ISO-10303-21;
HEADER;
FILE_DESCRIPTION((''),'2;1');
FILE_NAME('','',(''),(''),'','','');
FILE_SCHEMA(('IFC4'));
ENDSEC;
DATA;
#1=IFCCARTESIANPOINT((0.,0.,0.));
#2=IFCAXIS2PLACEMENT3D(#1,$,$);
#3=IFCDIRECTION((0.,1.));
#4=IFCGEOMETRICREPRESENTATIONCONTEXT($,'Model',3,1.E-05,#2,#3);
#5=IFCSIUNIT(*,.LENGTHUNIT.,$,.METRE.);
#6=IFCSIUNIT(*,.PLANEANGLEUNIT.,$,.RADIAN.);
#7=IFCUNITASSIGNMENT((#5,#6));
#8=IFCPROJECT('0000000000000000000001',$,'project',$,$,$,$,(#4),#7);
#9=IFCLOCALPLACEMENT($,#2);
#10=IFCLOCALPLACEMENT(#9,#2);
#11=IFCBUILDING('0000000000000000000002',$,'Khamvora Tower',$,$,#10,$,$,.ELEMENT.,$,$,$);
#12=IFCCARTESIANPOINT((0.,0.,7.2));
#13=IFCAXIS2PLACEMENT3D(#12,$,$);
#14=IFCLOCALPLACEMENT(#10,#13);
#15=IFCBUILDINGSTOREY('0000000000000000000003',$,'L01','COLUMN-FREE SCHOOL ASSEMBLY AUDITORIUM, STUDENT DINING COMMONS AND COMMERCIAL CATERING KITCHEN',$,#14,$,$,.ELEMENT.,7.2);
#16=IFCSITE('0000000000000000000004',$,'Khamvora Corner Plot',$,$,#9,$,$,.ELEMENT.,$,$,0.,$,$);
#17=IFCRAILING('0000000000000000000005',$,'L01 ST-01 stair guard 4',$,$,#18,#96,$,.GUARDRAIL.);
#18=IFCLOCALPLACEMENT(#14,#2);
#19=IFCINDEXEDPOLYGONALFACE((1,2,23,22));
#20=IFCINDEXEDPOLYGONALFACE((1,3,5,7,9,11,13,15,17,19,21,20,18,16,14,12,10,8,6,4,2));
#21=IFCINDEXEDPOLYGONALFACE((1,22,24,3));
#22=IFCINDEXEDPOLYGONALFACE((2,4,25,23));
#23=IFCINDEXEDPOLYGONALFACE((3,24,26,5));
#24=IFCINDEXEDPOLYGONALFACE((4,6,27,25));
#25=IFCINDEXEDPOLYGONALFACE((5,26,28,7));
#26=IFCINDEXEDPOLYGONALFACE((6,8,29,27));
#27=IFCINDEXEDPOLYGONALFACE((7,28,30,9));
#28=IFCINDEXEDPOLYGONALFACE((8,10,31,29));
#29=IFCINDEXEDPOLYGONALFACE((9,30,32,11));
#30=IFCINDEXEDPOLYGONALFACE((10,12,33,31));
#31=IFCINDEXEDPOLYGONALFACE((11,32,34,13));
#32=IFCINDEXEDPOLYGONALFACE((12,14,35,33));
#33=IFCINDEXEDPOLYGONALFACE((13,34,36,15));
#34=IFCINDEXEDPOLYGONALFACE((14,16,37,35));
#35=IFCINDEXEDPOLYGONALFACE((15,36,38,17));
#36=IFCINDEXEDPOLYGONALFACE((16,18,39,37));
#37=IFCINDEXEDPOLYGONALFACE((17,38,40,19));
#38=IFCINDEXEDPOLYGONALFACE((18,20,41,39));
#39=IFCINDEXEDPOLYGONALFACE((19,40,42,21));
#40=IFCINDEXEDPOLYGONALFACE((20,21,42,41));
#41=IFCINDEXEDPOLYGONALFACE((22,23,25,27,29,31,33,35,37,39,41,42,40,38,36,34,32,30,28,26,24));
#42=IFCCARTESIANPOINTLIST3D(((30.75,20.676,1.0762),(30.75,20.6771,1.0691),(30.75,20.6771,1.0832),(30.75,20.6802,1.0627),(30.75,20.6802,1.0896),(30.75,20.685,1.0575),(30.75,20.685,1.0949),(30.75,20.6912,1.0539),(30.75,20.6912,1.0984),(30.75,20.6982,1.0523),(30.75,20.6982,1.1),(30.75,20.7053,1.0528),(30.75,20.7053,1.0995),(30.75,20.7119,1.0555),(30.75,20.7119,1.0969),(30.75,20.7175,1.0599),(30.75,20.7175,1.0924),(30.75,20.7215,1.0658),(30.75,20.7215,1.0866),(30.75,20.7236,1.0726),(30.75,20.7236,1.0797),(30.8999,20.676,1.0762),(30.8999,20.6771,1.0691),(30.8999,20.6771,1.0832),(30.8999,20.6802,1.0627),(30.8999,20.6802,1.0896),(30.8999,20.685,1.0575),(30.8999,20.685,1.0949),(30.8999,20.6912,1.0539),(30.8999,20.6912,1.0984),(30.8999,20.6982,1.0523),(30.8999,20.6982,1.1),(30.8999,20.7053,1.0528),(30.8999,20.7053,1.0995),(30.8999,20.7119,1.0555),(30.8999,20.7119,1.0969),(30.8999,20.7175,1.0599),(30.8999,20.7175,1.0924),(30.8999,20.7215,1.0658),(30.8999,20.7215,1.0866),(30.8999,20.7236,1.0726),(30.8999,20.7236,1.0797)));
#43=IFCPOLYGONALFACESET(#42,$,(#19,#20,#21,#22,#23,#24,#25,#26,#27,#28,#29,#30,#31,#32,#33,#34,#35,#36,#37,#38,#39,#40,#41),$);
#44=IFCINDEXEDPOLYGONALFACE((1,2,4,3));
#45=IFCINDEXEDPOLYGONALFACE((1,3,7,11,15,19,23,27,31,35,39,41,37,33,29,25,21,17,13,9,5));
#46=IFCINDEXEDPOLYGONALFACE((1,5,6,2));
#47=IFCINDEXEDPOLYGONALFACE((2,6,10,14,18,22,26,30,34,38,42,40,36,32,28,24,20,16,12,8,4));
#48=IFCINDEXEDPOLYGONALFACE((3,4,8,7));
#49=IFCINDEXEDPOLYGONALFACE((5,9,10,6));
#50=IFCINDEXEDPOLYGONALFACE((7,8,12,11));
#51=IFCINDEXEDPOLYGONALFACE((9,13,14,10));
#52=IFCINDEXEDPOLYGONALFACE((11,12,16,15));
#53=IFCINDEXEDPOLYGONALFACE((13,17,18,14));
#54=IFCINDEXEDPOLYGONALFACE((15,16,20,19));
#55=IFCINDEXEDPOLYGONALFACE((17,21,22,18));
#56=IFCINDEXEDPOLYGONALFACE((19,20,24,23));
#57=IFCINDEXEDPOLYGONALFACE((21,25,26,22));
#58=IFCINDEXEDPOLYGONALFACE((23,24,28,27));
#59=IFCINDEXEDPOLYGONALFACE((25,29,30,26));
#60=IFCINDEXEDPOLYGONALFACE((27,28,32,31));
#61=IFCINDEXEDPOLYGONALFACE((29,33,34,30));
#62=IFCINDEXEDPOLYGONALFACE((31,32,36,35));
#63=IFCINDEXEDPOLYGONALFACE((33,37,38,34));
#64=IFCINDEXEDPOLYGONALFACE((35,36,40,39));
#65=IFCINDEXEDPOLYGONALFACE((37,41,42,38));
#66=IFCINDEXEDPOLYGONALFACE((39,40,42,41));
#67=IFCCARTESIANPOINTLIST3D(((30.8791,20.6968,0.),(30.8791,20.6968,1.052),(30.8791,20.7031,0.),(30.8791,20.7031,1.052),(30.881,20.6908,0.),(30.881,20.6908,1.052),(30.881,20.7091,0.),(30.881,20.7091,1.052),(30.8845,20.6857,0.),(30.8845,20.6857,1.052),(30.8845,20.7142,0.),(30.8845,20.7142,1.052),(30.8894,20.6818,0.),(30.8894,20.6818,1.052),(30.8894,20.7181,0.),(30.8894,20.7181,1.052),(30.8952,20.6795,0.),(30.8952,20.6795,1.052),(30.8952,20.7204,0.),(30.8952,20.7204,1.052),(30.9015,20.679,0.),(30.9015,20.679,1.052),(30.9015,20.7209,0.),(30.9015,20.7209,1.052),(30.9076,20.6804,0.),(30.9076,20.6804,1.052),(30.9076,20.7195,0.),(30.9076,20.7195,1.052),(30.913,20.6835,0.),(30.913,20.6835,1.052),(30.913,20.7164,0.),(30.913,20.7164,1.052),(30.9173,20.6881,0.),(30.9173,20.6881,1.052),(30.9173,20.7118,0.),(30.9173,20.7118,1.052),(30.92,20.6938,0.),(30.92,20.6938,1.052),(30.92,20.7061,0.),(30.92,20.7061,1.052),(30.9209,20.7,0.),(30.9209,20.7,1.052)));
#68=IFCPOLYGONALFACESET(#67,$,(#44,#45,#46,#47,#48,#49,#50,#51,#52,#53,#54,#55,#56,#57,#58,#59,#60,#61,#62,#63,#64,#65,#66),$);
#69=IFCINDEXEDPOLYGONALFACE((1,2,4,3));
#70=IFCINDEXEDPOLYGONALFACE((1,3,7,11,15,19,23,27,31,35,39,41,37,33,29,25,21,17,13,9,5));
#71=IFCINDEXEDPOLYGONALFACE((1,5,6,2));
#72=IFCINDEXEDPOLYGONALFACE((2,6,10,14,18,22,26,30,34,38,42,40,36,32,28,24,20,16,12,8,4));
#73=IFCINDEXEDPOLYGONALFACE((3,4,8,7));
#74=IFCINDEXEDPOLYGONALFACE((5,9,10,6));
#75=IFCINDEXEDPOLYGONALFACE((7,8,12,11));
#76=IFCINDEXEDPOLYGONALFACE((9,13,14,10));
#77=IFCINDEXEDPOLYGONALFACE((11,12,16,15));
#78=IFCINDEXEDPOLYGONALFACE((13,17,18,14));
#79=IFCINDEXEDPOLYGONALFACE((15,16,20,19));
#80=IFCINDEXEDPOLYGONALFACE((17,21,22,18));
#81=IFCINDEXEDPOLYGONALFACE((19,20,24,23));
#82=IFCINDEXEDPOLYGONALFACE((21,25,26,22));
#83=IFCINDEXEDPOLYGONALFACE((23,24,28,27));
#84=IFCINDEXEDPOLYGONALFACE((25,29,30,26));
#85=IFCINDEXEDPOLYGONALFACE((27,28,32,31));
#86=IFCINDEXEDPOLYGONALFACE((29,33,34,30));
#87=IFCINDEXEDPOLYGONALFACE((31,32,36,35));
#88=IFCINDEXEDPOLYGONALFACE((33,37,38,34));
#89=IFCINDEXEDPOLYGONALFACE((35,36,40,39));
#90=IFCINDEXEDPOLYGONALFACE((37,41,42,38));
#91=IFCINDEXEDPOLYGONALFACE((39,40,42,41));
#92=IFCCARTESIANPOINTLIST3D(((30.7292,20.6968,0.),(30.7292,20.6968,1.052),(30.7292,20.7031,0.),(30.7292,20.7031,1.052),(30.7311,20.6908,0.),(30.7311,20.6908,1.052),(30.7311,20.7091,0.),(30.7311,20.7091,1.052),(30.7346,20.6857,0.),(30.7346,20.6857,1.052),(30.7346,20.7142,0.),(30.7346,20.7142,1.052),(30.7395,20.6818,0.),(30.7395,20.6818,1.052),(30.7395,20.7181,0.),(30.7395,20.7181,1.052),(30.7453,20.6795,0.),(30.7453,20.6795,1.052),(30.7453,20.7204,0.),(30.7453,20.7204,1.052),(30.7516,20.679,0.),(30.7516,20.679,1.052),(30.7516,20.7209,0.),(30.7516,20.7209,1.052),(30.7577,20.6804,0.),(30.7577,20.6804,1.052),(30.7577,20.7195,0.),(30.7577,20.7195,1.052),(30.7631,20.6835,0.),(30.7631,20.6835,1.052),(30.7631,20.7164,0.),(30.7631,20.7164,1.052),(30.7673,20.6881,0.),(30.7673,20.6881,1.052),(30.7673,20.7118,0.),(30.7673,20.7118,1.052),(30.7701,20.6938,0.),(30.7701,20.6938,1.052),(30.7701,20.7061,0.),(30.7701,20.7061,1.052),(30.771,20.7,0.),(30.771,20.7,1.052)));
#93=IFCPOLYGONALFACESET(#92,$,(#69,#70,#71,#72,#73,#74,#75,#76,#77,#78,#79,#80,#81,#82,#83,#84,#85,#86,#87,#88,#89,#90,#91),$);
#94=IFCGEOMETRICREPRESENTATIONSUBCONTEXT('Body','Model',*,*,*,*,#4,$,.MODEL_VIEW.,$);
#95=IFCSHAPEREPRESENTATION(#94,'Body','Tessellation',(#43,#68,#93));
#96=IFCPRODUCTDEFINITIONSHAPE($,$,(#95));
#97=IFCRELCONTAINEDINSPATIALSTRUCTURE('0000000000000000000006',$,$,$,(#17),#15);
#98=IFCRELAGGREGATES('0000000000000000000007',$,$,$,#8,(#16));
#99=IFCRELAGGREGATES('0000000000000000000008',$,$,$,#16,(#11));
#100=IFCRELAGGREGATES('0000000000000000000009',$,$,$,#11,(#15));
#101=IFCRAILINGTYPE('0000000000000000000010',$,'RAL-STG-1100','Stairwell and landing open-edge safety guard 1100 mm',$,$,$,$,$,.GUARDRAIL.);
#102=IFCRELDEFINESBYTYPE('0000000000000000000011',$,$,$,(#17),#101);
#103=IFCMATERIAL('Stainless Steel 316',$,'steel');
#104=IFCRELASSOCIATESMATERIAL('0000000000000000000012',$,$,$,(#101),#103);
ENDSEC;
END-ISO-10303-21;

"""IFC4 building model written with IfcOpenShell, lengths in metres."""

from ifc_helpers import new_model, si_unit, direction, frame, origin, origin_2d, place, context, subcontext, project, spatial, circle, extrude, material, type_object, element, save


model = new_model("IFC4")

# Units and contexts
model_context = context("Model", 3, precision=1e-05, world=origin(), true_north=direction((0.0, 1.0)))
body_context = subcontext(model_context, "Body", "Model", "MODEL_VIEW")
ifc_project = project(units=[si_unit("LENGTHUNIT", "METRE"), si_unit("PLANEANGLEUNIT", "RADIAN")], contexts=[model_context])

# Site, building, storey
site_placement = place(None, origin())
site = spatial("IfcSite", under=ifc_project, at=site_placement, Name="Khamvora Corner Plot", CompositionType="ELEMENT", RefElevation=0.0)
building_placement = place(site_placement, origin())
building = spatial("IfcBuilding", under=site, at=building_placement, Name="Khamvora Tower", CompositionType="ELEMENT")
storey_placement = place(building_placement, frame((0.0, 0.0, 7.2)))
storey = spatial("IfcBuildingStorey", under=building, at=storey_placement, Name="L01", Description="COLUMN-FREE SCHOOL ASSEMBLY AUDITORIUM, STUDENT DINING COMMONS AND COMMERCIAL CATERING KITCHEN", CompositionType="ELEMENT", Elevation=7.2)

# Railing
ifc_material_1 = material(Name="Stainless Steel 316", Category="steel")
railing_type_1 = type_object("IfcRailingType", Name="RAL-STG-1100", Description="Stairwell and landing open-edge safety guard 1100 mm", PredefinedType="GUARDRAIL", material=ifc_material_1)
railing_1_placement = place(storey_placement, frame((30.8999, 20.7, 0.0)))
element("IfcRailing", 1, at=railing_1_placement, inside=storey, type_object=railing_type_1, Name="L01 ST-01 stair guard 4", PredefinedType="GUARDRAIL", context=body_context, shape_type="SweptSolid", body=[
    extrude(circle(Radius=0.0239, at=origin_2d()), frame((0.0, 0.0, 1.0762), z_axis=(-1.0, 0.0, 0.0), x_axis=(0.0, -1.0, 0.0)), (0.0, 0.0, 1.0), 0.1499),
    extrude(circle(Radius=0.021, at=origin_2d()), origin(), (0.0, 0.0, 1.0), 1.052),
    extrude(circle(Radius=0.021, at=origin_2d()), frame((-0.1499, 0.0, 0.0)), (0.0, 0.0, 1.0), 1.052),
])

save(model, "model.ifc")
